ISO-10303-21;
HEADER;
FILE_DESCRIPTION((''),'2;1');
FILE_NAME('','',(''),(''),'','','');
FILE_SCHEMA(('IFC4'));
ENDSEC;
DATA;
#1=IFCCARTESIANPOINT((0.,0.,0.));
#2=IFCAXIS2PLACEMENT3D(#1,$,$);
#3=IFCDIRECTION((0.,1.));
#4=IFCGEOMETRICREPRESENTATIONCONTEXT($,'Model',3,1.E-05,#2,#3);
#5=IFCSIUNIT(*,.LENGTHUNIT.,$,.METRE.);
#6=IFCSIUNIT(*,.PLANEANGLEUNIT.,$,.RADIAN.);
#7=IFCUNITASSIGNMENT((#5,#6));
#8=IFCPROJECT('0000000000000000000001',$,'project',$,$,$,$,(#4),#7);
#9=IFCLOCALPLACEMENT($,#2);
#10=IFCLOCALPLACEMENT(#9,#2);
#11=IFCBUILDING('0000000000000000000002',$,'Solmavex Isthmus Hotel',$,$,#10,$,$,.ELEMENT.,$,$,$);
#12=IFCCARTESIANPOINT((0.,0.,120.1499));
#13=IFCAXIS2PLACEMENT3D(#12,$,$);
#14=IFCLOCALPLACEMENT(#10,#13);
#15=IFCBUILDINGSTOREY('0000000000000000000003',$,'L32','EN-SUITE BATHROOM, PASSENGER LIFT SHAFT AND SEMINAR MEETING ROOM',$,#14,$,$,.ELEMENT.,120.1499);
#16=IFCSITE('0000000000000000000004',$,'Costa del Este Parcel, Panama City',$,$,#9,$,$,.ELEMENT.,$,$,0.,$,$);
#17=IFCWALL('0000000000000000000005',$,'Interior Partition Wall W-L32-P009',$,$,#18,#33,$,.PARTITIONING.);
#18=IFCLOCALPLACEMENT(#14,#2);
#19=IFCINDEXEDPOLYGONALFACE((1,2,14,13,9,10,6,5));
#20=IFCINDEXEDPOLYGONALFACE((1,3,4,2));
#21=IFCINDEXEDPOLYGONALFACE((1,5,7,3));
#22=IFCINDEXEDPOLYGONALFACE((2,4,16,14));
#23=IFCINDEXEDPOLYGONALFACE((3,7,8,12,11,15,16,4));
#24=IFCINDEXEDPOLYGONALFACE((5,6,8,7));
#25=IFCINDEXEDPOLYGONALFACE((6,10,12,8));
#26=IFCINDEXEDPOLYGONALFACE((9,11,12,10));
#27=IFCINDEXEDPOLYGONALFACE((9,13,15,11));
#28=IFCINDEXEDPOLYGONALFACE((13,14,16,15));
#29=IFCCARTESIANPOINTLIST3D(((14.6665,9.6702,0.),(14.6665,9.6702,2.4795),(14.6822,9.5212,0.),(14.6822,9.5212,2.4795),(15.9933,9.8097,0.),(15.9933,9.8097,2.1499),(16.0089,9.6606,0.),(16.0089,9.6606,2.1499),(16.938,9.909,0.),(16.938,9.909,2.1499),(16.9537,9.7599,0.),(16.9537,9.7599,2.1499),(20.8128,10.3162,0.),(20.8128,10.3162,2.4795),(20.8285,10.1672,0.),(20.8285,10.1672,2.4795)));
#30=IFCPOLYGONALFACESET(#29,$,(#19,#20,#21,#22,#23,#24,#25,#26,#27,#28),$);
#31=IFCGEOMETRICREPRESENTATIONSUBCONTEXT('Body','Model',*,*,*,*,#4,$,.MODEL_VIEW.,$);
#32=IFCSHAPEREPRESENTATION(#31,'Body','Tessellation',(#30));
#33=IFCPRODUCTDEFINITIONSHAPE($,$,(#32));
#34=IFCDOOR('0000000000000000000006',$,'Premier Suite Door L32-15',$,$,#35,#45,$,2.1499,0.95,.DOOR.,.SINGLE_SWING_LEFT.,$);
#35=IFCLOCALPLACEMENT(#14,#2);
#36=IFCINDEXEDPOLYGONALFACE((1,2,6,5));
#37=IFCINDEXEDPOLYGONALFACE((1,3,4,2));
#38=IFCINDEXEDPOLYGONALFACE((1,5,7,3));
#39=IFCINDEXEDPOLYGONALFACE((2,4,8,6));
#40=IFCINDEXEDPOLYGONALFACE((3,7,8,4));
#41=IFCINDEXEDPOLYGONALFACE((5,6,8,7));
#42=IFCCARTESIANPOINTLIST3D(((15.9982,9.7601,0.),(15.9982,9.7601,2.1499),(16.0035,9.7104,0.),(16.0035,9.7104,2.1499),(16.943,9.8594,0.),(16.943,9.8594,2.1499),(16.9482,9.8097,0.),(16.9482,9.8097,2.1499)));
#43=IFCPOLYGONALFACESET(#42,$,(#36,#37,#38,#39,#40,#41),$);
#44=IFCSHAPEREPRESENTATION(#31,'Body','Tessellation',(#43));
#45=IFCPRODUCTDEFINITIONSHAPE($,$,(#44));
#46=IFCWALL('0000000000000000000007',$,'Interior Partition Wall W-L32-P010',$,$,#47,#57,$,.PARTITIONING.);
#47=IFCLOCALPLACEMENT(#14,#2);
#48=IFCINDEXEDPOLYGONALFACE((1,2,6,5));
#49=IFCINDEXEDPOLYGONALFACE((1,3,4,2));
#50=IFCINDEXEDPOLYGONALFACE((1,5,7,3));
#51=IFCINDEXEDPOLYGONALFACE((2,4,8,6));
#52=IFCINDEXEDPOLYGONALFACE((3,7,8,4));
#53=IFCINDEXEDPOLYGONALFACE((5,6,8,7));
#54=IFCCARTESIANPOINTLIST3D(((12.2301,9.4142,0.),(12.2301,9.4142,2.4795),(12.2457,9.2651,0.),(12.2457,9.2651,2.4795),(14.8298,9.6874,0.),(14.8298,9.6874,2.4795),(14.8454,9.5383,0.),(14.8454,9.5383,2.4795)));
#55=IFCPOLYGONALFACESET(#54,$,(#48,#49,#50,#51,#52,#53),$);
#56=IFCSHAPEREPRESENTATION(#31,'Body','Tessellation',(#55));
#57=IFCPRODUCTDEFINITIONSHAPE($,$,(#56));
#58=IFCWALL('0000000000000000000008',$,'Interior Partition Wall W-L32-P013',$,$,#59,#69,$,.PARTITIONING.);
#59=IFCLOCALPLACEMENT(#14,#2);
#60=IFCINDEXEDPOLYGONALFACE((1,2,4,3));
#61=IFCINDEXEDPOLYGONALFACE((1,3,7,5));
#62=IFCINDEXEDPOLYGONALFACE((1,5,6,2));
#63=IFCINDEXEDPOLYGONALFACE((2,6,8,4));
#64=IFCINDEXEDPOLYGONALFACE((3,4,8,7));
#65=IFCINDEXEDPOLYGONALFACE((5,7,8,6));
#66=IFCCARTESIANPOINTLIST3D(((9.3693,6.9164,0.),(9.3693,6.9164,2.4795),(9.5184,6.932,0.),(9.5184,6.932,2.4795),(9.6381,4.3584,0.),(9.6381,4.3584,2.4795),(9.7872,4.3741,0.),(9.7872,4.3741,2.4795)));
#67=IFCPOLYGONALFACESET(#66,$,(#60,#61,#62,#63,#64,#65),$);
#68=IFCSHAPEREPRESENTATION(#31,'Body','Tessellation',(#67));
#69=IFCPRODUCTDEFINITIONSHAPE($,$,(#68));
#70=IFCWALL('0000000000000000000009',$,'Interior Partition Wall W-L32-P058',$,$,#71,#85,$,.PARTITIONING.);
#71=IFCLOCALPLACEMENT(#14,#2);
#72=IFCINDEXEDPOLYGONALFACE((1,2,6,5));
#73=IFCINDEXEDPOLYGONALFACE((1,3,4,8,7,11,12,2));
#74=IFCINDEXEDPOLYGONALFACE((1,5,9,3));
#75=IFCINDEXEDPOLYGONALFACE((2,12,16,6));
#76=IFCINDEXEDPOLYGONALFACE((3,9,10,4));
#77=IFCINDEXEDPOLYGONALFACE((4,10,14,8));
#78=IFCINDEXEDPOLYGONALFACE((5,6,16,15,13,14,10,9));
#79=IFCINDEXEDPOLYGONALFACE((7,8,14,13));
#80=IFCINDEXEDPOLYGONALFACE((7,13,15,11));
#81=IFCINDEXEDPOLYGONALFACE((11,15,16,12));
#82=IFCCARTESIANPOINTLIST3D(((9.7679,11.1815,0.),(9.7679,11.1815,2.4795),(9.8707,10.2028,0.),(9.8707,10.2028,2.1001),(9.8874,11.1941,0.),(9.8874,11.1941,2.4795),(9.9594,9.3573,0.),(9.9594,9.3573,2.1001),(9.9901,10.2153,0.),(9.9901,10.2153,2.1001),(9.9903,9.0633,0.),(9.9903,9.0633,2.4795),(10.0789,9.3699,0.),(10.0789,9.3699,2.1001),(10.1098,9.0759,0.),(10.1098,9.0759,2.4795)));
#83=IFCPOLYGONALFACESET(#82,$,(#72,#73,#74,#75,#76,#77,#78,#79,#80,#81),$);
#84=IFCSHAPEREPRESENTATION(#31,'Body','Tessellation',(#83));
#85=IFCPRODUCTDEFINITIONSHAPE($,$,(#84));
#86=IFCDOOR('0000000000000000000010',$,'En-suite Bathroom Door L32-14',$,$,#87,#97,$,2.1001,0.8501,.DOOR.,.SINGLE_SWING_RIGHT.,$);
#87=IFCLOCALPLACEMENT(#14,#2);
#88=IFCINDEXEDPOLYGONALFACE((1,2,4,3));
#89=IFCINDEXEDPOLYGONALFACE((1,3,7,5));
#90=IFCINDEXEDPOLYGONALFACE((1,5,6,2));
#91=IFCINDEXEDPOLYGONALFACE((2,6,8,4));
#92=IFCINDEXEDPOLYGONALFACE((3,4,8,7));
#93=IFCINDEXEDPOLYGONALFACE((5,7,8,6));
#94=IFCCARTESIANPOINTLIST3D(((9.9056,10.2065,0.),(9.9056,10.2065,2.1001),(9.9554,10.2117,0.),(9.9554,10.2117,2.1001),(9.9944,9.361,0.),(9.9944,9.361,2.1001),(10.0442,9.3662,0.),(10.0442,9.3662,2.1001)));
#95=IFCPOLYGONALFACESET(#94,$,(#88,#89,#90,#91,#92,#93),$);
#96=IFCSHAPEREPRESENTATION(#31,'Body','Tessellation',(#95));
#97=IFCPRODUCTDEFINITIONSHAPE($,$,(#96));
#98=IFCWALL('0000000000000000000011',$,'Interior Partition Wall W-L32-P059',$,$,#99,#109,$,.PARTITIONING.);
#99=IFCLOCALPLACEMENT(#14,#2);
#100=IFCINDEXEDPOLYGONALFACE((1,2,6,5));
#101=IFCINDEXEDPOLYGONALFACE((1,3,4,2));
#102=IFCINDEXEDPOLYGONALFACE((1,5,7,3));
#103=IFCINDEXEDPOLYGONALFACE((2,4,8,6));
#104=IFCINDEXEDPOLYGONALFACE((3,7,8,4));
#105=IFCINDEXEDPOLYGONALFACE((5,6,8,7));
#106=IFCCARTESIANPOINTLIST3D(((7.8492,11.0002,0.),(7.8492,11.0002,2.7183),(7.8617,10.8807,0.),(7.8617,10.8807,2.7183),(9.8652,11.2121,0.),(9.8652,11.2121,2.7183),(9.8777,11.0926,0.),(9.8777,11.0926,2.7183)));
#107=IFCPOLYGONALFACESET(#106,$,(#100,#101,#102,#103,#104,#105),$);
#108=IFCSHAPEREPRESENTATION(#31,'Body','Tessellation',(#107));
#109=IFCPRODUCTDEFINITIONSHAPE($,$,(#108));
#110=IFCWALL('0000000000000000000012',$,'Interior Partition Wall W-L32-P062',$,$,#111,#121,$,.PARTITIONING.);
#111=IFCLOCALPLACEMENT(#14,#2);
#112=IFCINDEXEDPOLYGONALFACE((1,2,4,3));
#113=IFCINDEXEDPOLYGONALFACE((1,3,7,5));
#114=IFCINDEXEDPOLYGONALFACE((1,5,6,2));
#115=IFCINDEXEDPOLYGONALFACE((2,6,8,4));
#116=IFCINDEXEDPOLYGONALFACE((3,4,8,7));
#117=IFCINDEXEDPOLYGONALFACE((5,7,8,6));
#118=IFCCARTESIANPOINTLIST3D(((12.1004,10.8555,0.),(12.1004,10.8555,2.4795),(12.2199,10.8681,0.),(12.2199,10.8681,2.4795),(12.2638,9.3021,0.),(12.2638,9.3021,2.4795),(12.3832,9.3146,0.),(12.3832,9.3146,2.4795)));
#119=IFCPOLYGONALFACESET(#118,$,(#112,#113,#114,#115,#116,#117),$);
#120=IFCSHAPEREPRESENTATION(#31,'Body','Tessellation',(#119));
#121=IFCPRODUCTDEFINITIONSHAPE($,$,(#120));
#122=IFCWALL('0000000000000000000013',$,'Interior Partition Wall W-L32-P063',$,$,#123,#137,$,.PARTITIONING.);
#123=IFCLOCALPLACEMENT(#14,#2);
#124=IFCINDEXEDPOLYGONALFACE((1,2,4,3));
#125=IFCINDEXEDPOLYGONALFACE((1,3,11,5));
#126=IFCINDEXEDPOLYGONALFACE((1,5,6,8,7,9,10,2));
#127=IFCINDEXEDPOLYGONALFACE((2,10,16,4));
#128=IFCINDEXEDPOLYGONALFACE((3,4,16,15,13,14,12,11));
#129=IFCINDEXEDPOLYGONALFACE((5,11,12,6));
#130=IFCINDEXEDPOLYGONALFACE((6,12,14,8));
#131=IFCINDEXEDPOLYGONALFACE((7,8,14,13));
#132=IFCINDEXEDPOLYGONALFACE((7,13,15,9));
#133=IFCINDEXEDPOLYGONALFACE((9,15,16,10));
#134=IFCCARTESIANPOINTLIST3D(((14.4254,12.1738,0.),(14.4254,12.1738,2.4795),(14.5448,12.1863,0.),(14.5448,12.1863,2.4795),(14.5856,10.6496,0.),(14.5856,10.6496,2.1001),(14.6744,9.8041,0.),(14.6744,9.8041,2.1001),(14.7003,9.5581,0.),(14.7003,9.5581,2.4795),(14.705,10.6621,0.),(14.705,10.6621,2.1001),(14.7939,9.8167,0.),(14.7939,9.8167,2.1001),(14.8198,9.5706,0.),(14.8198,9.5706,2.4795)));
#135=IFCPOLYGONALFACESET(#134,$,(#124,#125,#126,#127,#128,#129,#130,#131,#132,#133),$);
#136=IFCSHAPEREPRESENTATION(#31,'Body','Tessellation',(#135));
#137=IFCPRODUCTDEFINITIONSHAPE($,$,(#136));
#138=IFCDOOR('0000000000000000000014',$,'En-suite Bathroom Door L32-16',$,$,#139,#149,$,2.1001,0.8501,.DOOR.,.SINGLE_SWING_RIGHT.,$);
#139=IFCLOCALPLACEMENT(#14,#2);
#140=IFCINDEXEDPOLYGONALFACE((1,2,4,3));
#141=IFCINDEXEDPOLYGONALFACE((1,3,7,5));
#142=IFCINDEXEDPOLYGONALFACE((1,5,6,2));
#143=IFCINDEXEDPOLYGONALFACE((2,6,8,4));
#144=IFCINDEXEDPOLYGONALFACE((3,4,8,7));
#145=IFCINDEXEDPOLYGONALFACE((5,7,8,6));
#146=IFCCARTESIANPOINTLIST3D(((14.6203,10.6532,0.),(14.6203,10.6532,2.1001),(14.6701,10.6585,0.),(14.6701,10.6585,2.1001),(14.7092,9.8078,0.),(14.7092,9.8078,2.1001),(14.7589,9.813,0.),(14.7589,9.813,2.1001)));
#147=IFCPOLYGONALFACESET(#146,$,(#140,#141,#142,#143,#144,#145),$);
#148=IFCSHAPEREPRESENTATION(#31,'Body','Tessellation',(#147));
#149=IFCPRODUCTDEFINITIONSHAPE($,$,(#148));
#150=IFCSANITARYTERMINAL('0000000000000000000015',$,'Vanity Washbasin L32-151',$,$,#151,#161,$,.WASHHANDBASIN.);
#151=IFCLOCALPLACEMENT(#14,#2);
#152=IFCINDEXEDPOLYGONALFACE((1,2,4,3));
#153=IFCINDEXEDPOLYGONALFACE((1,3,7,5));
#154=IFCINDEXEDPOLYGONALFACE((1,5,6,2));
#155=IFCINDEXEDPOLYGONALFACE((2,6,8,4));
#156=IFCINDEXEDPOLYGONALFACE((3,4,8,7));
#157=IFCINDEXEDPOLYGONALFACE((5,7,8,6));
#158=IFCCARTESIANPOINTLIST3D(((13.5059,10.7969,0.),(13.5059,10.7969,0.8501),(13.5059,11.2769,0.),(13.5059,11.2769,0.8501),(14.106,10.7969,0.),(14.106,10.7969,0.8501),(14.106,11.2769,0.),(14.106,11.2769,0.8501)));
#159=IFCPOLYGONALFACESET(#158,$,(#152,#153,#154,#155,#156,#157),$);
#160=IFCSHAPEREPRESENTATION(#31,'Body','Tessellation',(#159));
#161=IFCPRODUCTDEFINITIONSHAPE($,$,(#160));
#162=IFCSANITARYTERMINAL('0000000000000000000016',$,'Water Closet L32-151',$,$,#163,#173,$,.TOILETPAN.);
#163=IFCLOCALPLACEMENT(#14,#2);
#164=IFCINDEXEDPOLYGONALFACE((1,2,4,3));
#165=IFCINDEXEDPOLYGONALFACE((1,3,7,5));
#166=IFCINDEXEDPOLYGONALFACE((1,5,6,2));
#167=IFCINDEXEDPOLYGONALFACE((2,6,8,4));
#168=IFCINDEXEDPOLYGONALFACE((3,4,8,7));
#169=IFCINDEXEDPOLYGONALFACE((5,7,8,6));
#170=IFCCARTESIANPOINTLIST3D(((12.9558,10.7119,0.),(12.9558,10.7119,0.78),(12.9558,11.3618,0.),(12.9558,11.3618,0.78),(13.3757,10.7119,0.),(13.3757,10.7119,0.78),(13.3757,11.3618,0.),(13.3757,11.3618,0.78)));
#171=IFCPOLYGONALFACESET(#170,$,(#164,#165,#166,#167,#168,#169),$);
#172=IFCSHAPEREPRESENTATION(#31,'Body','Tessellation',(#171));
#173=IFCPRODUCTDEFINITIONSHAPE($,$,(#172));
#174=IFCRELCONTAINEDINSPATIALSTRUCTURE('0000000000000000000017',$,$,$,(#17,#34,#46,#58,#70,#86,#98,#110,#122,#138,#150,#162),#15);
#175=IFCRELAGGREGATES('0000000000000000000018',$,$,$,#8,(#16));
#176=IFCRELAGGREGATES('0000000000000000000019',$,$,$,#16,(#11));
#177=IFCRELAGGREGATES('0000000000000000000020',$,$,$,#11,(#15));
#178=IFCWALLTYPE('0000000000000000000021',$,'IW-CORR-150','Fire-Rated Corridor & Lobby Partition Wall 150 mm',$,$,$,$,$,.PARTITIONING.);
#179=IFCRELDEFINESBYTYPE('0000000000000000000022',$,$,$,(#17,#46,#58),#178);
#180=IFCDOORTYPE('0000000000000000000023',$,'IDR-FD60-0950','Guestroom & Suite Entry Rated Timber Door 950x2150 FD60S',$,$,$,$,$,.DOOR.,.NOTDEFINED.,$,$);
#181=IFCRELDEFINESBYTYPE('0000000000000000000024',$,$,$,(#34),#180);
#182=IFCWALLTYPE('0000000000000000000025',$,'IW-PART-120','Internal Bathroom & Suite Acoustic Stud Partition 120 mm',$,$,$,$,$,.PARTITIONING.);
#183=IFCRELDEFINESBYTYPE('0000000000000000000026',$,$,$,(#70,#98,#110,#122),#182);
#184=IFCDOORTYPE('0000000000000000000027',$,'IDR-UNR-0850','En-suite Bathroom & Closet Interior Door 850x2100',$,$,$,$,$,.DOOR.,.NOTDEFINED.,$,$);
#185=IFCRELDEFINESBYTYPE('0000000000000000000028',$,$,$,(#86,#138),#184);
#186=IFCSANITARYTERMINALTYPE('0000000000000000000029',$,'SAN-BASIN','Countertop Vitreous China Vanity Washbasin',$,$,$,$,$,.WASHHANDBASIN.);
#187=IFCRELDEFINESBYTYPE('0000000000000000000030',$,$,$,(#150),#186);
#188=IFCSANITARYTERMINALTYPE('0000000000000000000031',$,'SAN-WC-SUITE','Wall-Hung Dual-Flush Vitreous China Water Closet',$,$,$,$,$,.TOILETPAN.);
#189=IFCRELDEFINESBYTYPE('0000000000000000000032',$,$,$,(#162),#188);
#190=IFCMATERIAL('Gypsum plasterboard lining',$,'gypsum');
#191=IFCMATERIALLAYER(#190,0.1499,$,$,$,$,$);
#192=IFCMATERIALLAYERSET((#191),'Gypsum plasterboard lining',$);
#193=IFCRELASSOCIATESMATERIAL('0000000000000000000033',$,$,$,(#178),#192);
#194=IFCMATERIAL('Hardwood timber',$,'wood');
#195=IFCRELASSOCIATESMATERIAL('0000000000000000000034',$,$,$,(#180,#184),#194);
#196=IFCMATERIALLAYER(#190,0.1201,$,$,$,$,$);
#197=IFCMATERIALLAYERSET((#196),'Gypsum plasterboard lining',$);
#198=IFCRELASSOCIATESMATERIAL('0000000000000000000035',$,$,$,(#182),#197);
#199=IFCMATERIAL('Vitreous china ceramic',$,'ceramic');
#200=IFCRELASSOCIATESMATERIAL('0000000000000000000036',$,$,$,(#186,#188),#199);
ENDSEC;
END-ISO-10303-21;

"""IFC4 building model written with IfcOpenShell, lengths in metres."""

from ifc_helpers import new_model, si_unit, direction, frame, frame_2d, origin, origin_2d, place, context, subcontext, project, spatial, rectangle, extrude, material, layer, layer_set, type_object, element, fill, save


model = new_model("IFC4")

# Units and contexts
model_context = context("Model", 3, precision=1e-05, world=origin(), true_north=direction((0.0, 1.0)))
body_context = subcontext(model_context, "Body", "Model", "MODEL_VIEW")
ifc_project = project(units=[si_unit("LENGTHUNIT", "METRE"), si_unit("PLANEANGLEUNIT", "RADIAN")], contexts=[model_context])

# Site, building, storey
site_placement = place(None, origin())
site = spatial("IfcSite", under=ifc_project, at=site_placement, Name="Costa del Este Parcel, Panama City", CompositionType="ELEMENT", RefElevation=0.0)
building_placement = place(site_placement, origin())
building = spatial("IfcBuilding", under=site, at=building_placement, Name="Solmavex Isthmus Hotel", CompositionType="ELEMENT")
storey_placement = place(building_placement, frame((0.0, 0.0, 120.1499)))
storey = spatial("IfcBuildingStorey", under=building, at=storey_placement, Name="L32", Description="EN-SUITE BATHROOM, PASSENGER LIFT SHAFT AND SEMINAR MEETING ROOM", CompositionType="ELEMENT", Elevation=120.1499)

# Shared definitions
ifc_material_1 = material(Name="Gypsum plasterboard lining", Category="gypsum")
ifc_layer_1 = layer(ifc_material_1, 0.1499)
ifc_layer_set_1 = layer_set([ifc_layer_1], Name="Gypsum plasterboard lining")
wall_type_1 = type_object("IfcWallType", Name="IW-CORR-150", Description="Fire-Rated Corridor & Lobby Partition Wall 150 mm", PredefinedType="PARTITIONING", material=ifc_layer_set_1)
ifc_material_2 = material(Name="Hardwood timber", Category="wood")
door_type_1 = type_object("IfcDoorType", Name="IDR-FD60-0950", Description="Guestroom & Suite Entry Rated Timber Door 950x2150 FD60S", OperationType="NOTDEFINED", PredefinedType="DOOR", material=ifc_material_2)

# Wall, opening, door
wall_1_placement = place(storey_placement, frame((14.6743, 9.5957, 0.0), z_axis=(0.0, 0.0, 1.0), x_axis=(0.994522, 0.104528, 0.0)))
wall_1 = element("IfcWall", 1, at=wall_1_placement, inside=storey, type_object=wall_type_1, Name="Interior Partition Wall W-L32-P009", PredefinedType="PARTITIONING", context=body_context, shape_type="SweptSolid", body=[
    extrude(rectangle(XDim=6.1802, YDim=0.1499, at=frame_2d((3.0901, 0.0))), origin(), (0.0, 0.0, 1.0), 2.4795),
])
opening_1_placement = place(wall_1_placement, frame((1.334, 0.0, 0.0)))
opening_1 = element("IfcOpeningElement", 2, at=opening_1_placement, cuts=wall_1, PredefinedType="OPENING", context=body_context, shape_type="SweptSolid", body=[
    extrude(rectangle(XDim=0.95, YDim=2.1499, at=frame_2d((0.4751, 1.075))), frame((0.0, 0.085, 0.0), z_axis=(0.0, -1.0, 0.0), x_axis=(1.0, 0.0, 0.0)), (0.0, 0.0, 1.0), 0.1699),
])
door_1_placement = place(opening_1_placement, frame((0.95, 0.0, 0.0), z_axis=(0.0, 0.0, 1.0), x_axis=(-1.0, 0.0, 0.0)))
door_1 = element("IfcDoor", 3, at=door_1_placement, inside=storey, type_object=door_type_1, Name="Premier Suite Door L32-15", OperationType="SINGLE_SWING_LEFT", OverallHeight=2.1499, OverallWidth=0.95, PredefinedType="DOOR", context=body_context, shape_type="SweptSolid", body=[
    extrude(rectangle(XDim=0.95, YDim=2.1499, at=frame_2d((0.4751, 1.075))), frame((0.0, 0.0249, 0.0), z_axis=(0.0, -1.0, 0.0), x_axis=(1.0, 0.0, 0.0)), (0.0, 0.0, 1.0), 0.05),
])
fill(opening_1, door_1)

# Walls
wall_2_placement = place(storey_placement, frame((12.2378, 9.3396, 0.0), z_axis=(0.0, 0.0, 1.0), x_axis=(0.994523, 0.104515, 0.0)))
element("IfcWall", 4, at=wall_2_placement, inside=storey, type_object=wall_type_1, Name="Interior Partition Wall W-L32-P010", PredefinedType="PARTITIONING", context=body_context, shape_type="SweptSolid", body=[
    extrude(rectangle(XDim=2.614, YDim=0.1499, at=frame_2d((1.3071, 0.0))), origin(), (0.0, 0.0, 1.0), 2.4795),
])
wall_3_placement = place(storey_placement, frame((9.4438, 6.9243, 0.0), z_axis=(0.0, 0.0, 1.0), x_axis=(0.104512, -0.994524, 0.0)))
element("IfcWall", 5, at=wall_3_placement, inside=storey, type_object=wall_type_1, Name="Interior Partition Wall W-L32-P013", PredefinedType="PARTITIONING", context=body_context, shape_type="SweptSolid", body=[
    extrude(rectangle(XDim=2.572, YDim=0.1499, at=frame_2d((1.2861, 0.0))), origin(), (0.0, 0.0, 1.0), 2.4795),
])

# Wall, opening, door
ifc_layer_2 = layer(ifc_material_1, 0.1201)
ifc_layer_set_2 = layer_set([ifc_layer_2], Name="Gypsum plasterboard lining")
wall_type_2 = type_object("IfcWallType", Name="IW-PART-120", Description="Internal Bathroom & Suite Acoustic Stud Partition 120 mm", PredefinedType="PARTITIONING", material=ifc_layer_set_2)
wall_4_placement = place(storey_placement, frame((10.05, 9.0696, 0.0), z_axis=(0.0, 0.0, 1.0), x_axis=(-0.104428, 0.994532, 0.0)))
wall_4 = element("IfcWall", 6, at=wall_4_placement, inside=storey, type_object=wall_type_2, Name="Interior Partition Wall W-L32-P058", PredefinedType="PARTITIONING", context=body_context, shape_type="SweptSolid", body=[
    extrude(rectangle(XDim=2.1299, YDim=0.1201, at=frame_2d((1.0649, 0.0))), origin(), (0.0, 0.0, 1.0), 2.4795),
])
opening_2_placement = place(wall_4_placement, frame((0.2957, 0.0, 0.0)))
opening_2 = element("IfcOpeningElement", 7, at=opening_2_placement, cuts=wall_4, PredefinedType="OPENING", context=body_context, shape_type="SweptSolid", body=[
    extrude(rectangle(XDim=0.8501, YDim=2.1001, at=frame_2d((0.425, 1.05))), frame((0.0, 0.0701, 0.0), z_axis=(0.0, -1.0, 0.0), x_axis=(1.0, 0.0, 0.0)), (0.0, 0.0, 1.0), 0.1401),
])
door_type_2 = type_object("IfcDoorType", Name="IDR-UNR-0850", Description="En-suite Bathroom & Closet Interior Door 850x2100", OperationType="NOTDEFINED", PredefinedType="DOOR", material=ifc_material_2)
door_2_placement = place(opening_2_placement, origin())
door_2 = element("IfcDoor", 8, at=door_2_placement, inside=storey, type_object=door_type_2, Name="En-suite Bathroom Door L32-14", OperationType="SINGLE_SWING_RIGHT", OverallHeight=2.1001, OverallWidth=0.8501, PredefinedType="DOOR", context=body_context, shape_type="SweptSolid", body=[
    extrude(rectangle(XDim=0.8501, YDim=2.1001, at=frame_2d((0.425, 1.05))), frame((0.0, 0.0249, 0.0), z_axis=(0.0, -1.0, 0.0), x_axis=(1.0, 0.0, 0.0)), (0.0, 0.0, 1.0), 0.05),
])
fill(opening_2, door_2)

# Walls
wall_5_placement = place(storey_placement, frame((9.8716, 11.1523, 0.0), z_axis=(0.0, 0.0, 1.0), x_axis=(-0.994521, -0.104534, 0.0)))
element("IfcWall", 9, at=wall_5_placement, inside=storey, type_object=wall_type_2, Name="Interior Partition Wall W-L32-P059", PredefinedType="PARTITIONING", context=body_context, shape_type="SweptSolid", body=[
    extrude(rectangle(XDim=2.0271, YDim=0.1201, at=frame_2d((1.0137, 0.0))), origin(), (0.0, 0.0, 1.0), 2.7183),
])
wall_6_placement = place(storey_placement, frame((12.1602, 10.8618, 0.0), z_axis=(0.0, 0.0, 1.0), x_axis=(0.104563, -0.994518, 0.0)))
element("IfcWall", 10, at=wall_6_placement, inside=storey, type_object=wall_type_2, Name="Interior Partition Wall W-L32-P062", PredefinedType="PARTITIONING", context=body_context, shape_type="SweptSolid", body=[
    extrude(rectangle(XDim=1.562, YDim=0.1201, at=frame_2d((0.781, 0.0))), origin(), (0.0, 0.0, 1.0), 2.4795),
])

# Wall, opening, door
wall_7_placement = place(storey_placement, frame((14.76, 9.5645, 0.0), z_axis=(0.0, 0.0, 1.0), x_axis=(-0.10452, 0.994523, 0.0)))
wall_7 = element("IfcWall", 11, at=wall_7_placement, inside=storey, type_object=wall_type_2, Name="Interior Partition Wall W-L32-P063", PredefinedType="PARTITIONING", context=body_context, shape_type="SweptSolid", body=[
    extrude(rectangle(XDim=2.6301, YDim=0.1201, at=frame_2d((1.3149, 0.0))), origin(), (0.0, 0.0, 1.0), 2.4795),
])
opening_3_placement = place(wall_7_placement, frame((0.2473, 0.0, 0.0)))
opening_3 = element("IfcOpeningElement", 12, at=opening_3_placement, cuts=wall_7, PredefinedType="OPENING", context=body_context, shape_type="SweptSolid", body=[
    extrude(rectangle(XDim=0.8501, YDim=2.1001, at=frame_2d((0.425, 1.05))), frame((0.0, 0.0701, 0.0), z_axis=(0.0, -1.0, 0.0), x_axis=(1.0, 0.0, 0.0)), (0.0, 0.0, 1.0), 0.1401),
])
door_3_placement = place(opening_3_placement, frame((0.8501, 0.0, 0.0), z_axis=(0.0, 0.0, 1.0), x_axis=(-1.0, 0.0, 0.0)))
door_3 = element("IfcDoor", 13, at=door_3_placement, inside=storey, type_object=door_type_2, Name="En-suite Bathroom Door L32-16", OperationType="SINGLE_SWING_RIGHT", OverallHeight=2.1001, OverallWidth=0.8501, PredefinedType="DOOR", context=body_context, shape_type="SweptSolid", body=[
    extrude(rectangle(XDim=0.8501, YDim=2.1001, at=frame_2d((0.425, 1.05))), frame((0.0, 0.0249, 0.0), z_axis=(0.0, -1.0, 0.0), x_axis=(1.0, 0.0, 0.0)), (0.0, 0.0, 1.0), 0.05),
])
fill(opening_3, door_3)

# Sanitary terminals
ifc_material_3 = material(Name="Vitreous china ceramic", Category="ceramic")
sanitary_terminal_type_1 = type_object("IfcSanitaryTerminalType", Name="SAN-BASIN", Description="Countertop Vitreous China Vanity Washbasin", PredefinedType="WASHHANDBASIN", material=ifc_material_3)
sanitary_terminal_1_placement = place(storey_placement, frame((13.8059, 11.0369, 0.0), z_axis=(0.0, 0.0, 1.0), x_axis=(1.0, 0.0, 0.0)))
element("IfcSanitaryTerminal", 14, at=sanitary_terminal_1_placement, inside=storey, type_object=sanitary_terminal_type_1, Name="Vanity Washbasin L32-151", PredefinedType="WASHHANDBASIN", context=body_context, shape_type="SweptSolid", body=[
    extrude(rectangle(XDim=0.6001, YDim=0.48, at=origin_2d()), origin(), (0.0, 0.0, 1.0), 0.8501),
])
sanitary_terminal_type_2 = type_object("IfcSanitaryTerminalType", Name="SAN-WC-SUITE", Description="Wall-Hung Dual-Flush Vitreous China Water Closet", PredefinedType="TOILETPAN", material=ifc_material_3)
sanitary_terminal_2_placement = place(storey_placement, frame((13.1658, 11.0369, 0.0), z_axis=(0.0, 0.0, 1.0), x_axis=(1.0, 0.0, 0.0)))
element("IfcSanitaryTerminal", 15, at=sanitary_terminal_2_placement, inside=storey, type_object=sanitary_terminal_type_2, Name="Water Closet L32-151", PredefinedType="TOILETPAN", context=body_context, shape_type="SweptSolid", body=[
    extrude(rectangle(XDim=0.4199, YDim=0.6499, at=origin_2d()), origin(), (0.0, 0.0, 1.0), 0.78),
])

save(model, "model.ifc")
